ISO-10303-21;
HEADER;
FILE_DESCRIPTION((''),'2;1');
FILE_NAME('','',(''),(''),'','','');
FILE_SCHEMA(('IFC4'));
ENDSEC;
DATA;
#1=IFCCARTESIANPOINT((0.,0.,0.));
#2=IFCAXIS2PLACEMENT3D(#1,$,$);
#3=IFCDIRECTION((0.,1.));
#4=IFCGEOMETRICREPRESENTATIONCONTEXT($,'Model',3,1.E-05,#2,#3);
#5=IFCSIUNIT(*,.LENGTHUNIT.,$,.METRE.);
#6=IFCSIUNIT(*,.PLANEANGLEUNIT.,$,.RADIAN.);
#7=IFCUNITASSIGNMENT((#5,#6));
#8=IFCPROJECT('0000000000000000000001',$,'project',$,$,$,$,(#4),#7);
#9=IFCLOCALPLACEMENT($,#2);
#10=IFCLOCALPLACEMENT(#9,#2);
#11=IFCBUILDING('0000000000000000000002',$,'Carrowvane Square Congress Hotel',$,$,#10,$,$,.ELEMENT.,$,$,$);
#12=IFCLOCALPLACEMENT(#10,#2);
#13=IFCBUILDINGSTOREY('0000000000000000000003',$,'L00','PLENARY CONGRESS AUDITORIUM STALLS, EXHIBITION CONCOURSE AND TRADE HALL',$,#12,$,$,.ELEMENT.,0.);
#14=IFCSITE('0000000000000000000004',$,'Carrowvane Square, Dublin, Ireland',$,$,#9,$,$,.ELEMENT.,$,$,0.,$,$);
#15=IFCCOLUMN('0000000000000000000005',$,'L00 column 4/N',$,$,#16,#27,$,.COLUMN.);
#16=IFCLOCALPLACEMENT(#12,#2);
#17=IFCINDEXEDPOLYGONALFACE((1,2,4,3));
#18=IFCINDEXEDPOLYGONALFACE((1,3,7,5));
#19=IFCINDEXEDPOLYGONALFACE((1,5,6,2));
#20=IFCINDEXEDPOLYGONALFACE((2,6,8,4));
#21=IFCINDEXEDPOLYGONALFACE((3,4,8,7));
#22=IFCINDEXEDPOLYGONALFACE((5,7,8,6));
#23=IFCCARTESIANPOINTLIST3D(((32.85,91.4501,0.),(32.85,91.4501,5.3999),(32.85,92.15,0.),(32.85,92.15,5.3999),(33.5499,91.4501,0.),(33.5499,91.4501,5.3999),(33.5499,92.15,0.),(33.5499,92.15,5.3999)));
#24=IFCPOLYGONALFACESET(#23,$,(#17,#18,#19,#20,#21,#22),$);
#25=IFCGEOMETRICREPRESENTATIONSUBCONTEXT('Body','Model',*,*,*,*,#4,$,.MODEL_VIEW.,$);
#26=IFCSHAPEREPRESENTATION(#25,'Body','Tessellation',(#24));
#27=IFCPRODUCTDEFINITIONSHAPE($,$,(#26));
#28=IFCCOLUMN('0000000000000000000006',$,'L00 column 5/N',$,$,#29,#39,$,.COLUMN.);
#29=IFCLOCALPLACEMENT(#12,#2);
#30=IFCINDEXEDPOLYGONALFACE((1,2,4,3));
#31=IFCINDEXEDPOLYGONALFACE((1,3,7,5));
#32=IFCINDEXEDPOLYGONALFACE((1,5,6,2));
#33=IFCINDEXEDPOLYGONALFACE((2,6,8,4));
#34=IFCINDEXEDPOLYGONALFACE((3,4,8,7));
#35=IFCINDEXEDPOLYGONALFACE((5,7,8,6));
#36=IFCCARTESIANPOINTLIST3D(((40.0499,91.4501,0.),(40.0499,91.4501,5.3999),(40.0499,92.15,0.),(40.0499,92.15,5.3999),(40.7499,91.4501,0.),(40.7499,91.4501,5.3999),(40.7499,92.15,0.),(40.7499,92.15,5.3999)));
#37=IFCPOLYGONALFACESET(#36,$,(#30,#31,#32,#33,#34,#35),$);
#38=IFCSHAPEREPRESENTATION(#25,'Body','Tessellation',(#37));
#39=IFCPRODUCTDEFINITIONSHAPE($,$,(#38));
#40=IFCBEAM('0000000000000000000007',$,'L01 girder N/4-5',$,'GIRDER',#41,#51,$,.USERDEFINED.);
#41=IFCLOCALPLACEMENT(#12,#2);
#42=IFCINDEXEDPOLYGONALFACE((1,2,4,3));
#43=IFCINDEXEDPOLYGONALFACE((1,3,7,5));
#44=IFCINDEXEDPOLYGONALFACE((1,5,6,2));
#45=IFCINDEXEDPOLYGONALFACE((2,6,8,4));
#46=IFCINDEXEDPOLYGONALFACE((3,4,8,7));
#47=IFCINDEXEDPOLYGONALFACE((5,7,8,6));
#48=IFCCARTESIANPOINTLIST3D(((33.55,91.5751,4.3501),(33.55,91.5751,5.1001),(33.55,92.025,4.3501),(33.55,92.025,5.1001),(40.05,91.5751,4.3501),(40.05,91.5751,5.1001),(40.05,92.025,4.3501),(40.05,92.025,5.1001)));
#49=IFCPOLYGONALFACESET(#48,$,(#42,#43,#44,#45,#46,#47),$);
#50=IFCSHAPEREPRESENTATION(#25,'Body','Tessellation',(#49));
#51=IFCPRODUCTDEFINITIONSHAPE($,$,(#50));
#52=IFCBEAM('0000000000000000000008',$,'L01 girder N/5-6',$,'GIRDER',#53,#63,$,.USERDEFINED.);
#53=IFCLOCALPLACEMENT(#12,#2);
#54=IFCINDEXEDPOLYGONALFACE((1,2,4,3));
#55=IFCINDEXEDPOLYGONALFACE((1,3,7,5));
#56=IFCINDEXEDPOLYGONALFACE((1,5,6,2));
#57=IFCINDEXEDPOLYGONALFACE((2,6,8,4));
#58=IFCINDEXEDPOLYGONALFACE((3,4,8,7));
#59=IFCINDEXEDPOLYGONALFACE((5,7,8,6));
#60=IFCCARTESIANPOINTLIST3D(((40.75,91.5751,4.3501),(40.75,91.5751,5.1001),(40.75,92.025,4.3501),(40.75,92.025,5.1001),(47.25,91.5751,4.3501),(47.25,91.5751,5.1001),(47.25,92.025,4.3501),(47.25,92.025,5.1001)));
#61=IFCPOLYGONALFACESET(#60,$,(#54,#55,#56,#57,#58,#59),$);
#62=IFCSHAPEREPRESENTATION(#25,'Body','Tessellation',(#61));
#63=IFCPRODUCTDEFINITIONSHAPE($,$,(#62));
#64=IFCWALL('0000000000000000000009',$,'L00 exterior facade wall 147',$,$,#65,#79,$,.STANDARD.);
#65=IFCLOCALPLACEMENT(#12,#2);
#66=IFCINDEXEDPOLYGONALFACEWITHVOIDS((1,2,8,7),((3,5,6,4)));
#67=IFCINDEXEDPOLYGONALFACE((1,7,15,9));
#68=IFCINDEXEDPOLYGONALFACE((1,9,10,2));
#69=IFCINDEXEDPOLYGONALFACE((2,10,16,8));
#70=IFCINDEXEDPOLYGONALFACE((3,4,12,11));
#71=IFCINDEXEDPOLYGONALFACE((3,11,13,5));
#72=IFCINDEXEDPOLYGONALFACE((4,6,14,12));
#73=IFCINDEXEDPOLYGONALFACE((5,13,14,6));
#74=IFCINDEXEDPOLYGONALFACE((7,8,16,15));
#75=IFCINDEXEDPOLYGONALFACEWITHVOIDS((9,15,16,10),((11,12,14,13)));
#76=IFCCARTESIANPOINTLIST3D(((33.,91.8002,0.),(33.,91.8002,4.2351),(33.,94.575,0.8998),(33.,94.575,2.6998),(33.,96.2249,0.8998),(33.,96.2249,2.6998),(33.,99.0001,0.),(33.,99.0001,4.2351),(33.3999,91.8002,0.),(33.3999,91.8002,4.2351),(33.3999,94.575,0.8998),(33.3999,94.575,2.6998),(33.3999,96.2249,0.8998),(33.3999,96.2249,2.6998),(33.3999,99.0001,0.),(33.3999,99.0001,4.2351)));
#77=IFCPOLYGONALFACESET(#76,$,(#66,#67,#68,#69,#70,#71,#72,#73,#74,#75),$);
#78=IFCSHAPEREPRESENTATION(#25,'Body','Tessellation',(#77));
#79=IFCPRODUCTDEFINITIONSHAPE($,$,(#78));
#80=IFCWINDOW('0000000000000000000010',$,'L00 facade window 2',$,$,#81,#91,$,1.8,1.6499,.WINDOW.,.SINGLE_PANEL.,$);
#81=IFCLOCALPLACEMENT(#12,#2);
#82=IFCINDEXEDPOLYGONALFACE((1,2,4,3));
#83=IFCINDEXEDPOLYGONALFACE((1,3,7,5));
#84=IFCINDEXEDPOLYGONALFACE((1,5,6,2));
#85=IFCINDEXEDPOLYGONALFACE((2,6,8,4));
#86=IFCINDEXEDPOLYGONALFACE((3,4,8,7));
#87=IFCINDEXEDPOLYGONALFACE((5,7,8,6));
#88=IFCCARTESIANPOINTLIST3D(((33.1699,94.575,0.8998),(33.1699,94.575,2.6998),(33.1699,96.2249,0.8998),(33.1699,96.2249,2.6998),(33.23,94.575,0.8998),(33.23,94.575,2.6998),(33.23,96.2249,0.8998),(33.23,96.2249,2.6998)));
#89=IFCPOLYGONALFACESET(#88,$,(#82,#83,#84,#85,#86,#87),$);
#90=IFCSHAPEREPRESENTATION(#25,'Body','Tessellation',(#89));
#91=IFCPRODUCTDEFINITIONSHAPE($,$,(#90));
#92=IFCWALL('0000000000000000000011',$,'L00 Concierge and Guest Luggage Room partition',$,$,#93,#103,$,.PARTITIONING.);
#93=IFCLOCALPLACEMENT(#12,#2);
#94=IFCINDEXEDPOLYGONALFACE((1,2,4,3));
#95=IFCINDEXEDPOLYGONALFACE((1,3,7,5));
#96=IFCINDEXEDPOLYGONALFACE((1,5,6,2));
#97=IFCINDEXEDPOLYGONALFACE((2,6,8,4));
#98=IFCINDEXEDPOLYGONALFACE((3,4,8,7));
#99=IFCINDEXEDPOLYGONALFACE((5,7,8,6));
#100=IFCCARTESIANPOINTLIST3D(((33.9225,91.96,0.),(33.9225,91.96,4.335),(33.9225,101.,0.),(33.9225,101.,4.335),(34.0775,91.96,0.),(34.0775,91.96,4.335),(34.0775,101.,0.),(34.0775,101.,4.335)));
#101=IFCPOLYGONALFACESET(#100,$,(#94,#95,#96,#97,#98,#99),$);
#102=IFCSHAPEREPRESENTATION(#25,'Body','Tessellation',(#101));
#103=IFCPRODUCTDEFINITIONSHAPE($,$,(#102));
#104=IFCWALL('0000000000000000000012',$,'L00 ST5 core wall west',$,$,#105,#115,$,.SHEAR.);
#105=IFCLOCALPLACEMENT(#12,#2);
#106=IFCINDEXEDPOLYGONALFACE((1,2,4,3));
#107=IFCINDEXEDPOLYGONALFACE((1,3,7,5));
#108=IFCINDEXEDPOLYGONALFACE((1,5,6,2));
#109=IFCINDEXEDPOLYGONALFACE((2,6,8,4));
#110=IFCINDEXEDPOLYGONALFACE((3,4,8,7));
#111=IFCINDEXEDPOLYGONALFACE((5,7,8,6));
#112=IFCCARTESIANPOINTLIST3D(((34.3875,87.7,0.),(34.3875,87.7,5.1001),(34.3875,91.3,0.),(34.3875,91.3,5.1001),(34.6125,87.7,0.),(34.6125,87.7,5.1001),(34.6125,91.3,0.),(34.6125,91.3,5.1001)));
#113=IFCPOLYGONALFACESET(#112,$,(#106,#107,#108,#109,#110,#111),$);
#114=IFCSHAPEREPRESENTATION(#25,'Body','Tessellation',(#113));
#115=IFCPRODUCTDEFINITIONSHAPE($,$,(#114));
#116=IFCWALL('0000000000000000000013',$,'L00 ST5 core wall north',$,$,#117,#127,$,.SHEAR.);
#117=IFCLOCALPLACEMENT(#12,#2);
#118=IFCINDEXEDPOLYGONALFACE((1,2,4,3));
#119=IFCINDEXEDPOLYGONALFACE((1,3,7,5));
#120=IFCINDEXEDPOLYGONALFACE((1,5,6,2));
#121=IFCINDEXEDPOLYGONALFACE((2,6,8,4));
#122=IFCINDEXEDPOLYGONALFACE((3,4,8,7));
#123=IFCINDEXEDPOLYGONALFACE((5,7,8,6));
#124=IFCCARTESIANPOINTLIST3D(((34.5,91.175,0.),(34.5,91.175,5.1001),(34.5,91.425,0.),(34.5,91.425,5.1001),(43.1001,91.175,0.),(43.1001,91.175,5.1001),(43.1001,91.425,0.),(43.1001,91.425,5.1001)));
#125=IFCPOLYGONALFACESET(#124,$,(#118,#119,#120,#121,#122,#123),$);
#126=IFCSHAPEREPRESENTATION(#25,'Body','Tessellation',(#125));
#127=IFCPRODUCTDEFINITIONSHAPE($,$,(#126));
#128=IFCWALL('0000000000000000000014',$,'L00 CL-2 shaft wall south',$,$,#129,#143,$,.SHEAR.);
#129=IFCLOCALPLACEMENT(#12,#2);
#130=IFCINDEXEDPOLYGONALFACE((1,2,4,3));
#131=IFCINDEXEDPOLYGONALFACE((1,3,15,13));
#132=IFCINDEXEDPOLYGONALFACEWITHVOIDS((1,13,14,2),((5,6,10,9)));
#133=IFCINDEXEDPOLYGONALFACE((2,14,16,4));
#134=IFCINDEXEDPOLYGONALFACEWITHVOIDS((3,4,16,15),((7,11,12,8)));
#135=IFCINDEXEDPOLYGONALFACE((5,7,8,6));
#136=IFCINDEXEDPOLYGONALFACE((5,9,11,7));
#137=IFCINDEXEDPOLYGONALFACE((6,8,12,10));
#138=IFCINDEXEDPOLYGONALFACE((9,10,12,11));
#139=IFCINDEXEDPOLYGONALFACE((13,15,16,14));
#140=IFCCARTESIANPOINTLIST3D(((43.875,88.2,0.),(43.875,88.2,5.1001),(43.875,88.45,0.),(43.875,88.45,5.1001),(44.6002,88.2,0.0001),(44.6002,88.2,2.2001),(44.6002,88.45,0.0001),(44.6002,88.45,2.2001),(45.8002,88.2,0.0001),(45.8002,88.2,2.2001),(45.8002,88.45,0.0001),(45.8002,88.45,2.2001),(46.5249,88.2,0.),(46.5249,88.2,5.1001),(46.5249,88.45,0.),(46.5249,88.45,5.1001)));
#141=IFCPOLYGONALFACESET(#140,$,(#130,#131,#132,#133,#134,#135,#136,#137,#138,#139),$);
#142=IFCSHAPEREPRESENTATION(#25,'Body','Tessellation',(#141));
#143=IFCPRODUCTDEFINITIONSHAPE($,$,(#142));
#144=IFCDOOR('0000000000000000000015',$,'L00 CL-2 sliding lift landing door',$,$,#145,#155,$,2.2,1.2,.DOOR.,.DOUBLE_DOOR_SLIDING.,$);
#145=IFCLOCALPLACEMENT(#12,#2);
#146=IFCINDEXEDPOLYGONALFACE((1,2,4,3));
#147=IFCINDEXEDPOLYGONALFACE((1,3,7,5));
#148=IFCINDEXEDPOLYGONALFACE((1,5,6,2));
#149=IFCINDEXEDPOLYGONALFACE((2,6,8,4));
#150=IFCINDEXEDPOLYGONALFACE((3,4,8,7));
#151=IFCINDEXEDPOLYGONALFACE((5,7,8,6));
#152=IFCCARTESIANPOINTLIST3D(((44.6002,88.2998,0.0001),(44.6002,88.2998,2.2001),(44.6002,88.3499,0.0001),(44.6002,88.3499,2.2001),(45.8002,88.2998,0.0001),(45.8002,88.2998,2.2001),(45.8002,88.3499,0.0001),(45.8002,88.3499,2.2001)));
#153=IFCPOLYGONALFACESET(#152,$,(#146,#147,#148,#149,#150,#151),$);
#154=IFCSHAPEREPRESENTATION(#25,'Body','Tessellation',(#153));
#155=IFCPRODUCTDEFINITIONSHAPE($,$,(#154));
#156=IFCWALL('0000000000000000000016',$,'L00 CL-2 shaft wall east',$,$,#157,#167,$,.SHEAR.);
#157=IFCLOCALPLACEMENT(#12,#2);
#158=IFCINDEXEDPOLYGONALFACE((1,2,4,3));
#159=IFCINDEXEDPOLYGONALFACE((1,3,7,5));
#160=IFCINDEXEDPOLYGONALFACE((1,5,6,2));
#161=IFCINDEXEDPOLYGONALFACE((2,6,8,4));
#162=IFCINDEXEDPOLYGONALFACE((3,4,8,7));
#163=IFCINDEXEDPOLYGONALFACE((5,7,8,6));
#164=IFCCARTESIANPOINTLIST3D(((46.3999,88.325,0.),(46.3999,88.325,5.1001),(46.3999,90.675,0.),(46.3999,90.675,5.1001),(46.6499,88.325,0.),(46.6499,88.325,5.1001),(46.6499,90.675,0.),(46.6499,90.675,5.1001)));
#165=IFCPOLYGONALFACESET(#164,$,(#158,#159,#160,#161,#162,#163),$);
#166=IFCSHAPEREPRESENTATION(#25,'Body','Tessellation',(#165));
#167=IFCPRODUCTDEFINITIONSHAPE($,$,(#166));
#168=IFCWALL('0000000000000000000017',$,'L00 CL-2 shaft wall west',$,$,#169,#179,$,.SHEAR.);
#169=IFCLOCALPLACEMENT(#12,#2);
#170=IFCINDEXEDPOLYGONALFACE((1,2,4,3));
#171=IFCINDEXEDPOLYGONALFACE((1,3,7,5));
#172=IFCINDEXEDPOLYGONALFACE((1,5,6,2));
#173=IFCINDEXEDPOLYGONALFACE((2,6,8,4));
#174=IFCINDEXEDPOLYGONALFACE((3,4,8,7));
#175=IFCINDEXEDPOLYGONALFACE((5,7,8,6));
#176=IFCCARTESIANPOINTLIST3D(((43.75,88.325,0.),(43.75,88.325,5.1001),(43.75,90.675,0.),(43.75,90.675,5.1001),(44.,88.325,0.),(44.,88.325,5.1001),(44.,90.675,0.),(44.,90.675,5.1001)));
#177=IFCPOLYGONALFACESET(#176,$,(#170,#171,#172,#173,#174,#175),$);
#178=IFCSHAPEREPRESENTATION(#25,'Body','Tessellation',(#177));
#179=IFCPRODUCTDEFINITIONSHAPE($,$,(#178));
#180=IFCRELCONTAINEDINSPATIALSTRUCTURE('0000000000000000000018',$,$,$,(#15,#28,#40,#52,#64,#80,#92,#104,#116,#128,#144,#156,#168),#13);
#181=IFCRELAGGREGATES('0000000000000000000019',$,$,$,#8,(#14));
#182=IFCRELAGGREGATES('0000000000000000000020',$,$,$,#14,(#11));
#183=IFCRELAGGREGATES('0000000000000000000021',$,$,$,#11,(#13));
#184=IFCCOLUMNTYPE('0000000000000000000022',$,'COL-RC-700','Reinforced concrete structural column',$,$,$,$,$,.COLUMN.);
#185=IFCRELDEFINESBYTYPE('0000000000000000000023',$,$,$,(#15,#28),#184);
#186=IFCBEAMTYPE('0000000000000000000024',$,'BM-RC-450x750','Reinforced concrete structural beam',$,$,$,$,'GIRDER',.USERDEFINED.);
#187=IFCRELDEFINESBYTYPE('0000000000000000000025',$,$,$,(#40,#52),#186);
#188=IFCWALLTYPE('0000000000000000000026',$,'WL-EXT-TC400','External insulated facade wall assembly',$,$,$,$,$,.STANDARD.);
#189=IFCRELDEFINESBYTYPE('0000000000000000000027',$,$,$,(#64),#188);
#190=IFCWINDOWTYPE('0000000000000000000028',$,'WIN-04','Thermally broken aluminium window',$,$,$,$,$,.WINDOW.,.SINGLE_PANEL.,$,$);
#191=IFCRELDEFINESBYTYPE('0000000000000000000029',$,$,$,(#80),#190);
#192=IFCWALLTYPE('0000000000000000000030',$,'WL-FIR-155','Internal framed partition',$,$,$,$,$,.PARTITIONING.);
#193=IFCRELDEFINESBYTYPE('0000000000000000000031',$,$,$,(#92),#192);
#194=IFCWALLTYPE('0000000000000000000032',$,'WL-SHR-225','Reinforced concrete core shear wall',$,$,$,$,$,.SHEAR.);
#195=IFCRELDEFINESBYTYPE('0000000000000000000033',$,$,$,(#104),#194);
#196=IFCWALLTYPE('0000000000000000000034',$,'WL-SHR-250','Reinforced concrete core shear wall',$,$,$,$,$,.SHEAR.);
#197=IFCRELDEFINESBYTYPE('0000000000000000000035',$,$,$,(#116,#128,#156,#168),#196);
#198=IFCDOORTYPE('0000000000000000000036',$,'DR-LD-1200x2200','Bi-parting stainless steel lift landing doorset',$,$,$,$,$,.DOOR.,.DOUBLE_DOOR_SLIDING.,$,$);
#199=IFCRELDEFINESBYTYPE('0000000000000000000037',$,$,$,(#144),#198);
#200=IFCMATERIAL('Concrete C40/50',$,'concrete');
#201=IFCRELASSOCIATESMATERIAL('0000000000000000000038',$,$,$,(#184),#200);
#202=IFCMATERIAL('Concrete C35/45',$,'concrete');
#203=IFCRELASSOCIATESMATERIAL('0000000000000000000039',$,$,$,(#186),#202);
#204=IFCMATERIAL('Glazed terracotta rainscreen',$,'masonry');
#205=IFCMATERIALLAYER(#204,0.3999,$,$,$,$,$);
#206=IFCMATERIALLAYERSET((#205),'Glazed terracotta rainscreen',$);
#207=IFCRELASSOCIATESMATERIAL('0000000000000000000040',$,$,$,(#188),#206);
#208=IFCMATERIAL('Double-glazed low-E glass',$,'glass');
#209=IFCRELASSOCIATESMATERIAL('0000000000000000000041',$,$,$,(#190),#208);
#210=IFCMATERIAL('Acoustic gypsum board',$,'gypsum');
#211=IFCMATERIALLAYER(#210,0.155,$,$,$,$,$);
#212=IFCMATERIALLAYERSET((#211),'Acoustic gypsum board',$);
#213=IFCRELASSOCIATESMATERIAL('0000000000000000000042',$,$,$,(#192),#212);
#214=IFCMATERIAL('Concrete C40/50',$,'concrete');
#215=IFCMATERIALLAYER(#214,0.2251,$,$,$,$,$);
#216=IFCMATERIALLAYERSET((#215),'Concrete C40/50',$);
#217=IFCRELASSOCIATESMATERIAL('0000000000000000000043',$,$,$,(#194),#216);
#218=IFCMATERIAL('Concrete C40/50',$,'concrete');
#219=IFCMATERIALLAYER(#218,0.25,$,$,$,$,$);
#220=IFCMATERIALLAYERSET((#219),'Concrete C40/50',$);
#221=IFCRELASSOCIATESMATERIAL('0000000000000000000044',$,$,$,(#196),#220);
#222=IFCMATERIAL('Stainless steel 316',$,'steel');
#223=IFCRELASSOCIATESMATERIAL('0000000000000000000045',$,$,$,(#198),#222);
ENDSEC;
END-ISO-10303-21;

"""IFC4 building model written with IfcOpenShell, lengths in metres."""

from ifc_helpers import new_model, si_unit, direction, frame, frame_2d, origin, origin_2d, place, context, subcontext, project, spatial, rectangle, extrude, material, layer, layer_set, material_profile, profile_set, type_object, element, fill, save


model = new_model("IFC4")

# Units and contexts
model_context = context("Model", 3, precision=1e-05, world=origin(), true_north=direction((0.0, 1.0)))
body_context = subcontext(model_context, "Body", "Model", "MODEL_VIEW")
ifc_project = project(units=[si_unit("LENGTHUNIT", "METRE"), si_unit("PLANEANGLEUNIT", "RADIAN")], contexts=[model_context])

# Site, building, storey
site_placement = place(None, origin())
site = spatial("IfcSite", under=ifc_project, at=site_placement, Name="Carrowvane Square, Dublin, Ireland", CompositionType="ELEMENT", RefElevation=0.0)
building_placement = place(site_placement, origin())
building = spatial("IfcBuilding", under=site, at=building_placement, Name="Carrowvane Square Congress Hotel", CompositionType="ELEMENT")
storey_placement = place(building_placement, origin())
storey = spatial("IfcBuildingStorey", under=building, at=storey_placement, Name="L00", Description="PLENARY CONGRESS AUDITORIUM STALLS, EXHIBITION CONCOURSE AND TRADE HALL", CompositionType="ELEMENT", Elevation=0.0)

# Columns
ifc_material_1 = material(Name="Concrete C40/50", Category="concrete")
ifc_material_profile_1 = material_profile(ifc_material_1, rectangle(XDim=0.7, YDim=0.7, at=origin_2d()), Name="RC 700x700")
ifc_profile_set_1 = profile_set([ifc_material_profile_1], Name="Concrete C40/50")
column_type = type_object("IfcColumnType", Name="COL-RC-700", Description="Reinforced concrete structural column", PredefinedType="COLUMN", material=ifc_profile_set_1)
for number, where, z_axis, x_axis, name in (
    (1, (33.2, 91.8, 0.0), (0.0, 0.0, 1.0), (1.0, 0.0, 0.0), "L00 column 4/N"),
    (2, (40.3999, 91.8, 0.0), (0.0, 0.0, 1.0), (1.0, 0.0, 0.0), "L00 column 5/N"),
):
    element("IfcColumn", number, at=place(storey_placement, frame(where, z_axis=z_axis, x_axis=x_axis)), inside=storey, type_object=column_type, Name=name, PredefinedType="COLUMN", context=body_context, shape_type="SweptSolid", body=[
        extrude(rectangle(XDim=0.7, YDim=0.7, at=origin_2d()), origin(), (0.0, 0.0, 1.0), 5.3999),
    ])

# Beams
ifc_material_2 = material(Name="Concrete C35/45", Category="concrete")
ifc_material_profile_2 = material_profile(ifc_material_2, rectangle(XDim=0.45, YDim=0.75, at=origin_2d()), Name="RC 450x750")
ifc_profile_set_2 = profile_set([ifc_material_profile_2], Name="Concrete C35/45")
beam_type = type_object("IfcBeamType", Name="BM-RC-450x750", Description="Reinforced concrete structural beam", ElementType="GIRDER", PredefinedType="USERDEFINED", material=ifc_profile_set_2)
for number, where, z_axis, x_axis, name in (
    (3, (33.55, 91.8, 4.7251), (1.0, 0.0, 0.0), (0.0, 1.0, 0.0), "L01 girder N/4-5"),
    (4, (40.75, 91.8, 4.7251), (1.0, 0.0, 0.0), (0.0, 1.0, 0.0), "L01 girder N/5-6"),
):
    element("IfcBeam", number, at=place(storey_placement, frame(where, z_axis=z_axis, x_axis=x_axis)), inside=storey, type_object=beam_type, Name=name, ObjectType="GIRDER", PredefinedType="USERDEFINED", context=body_context, shape_type="SweptSolid", body=[
        extrude(rectangle(XDim=0.45, YDim=0.75, at=origin_2d()), origin(), (0.0, 0.0, 1.0), 6.5),
    ])

# Wall, opening, window
ifc_material_3 = material(Name="Glazed terracotta rainscreen", Category="masonry")
ifc_layer_1 = layer(ifc_material_3, 0.3999)
ifc_layer_set_1 = layer_set([ifc_layer_1], Name="Glazed terracotta rainscreen")
wall_type_1 = type_object("IfcWallType", Name="WL-EXT-TC400", Description="External insulated facade wall assembly", PredefinedType="STANDARD", material=ifc_layer_set_1)
wall_1_placement = place(storey_placement, frame((33.2, 91.8, 0.0), z_axis=(0.0, 0.0, 1.0), x_axis=(0.0, 1.0, 0.0)))
wall_1 = element("IfcWall", 5, at=wall_1_placement, inside=storey, type_object=wall_type_1, Name="L00 exterior facade wall 147", PredefinedType="STANDARD", context=body_context, shape_type="SweptSolid", body=[
    extrude(rectangle(XDim=7.2, YDim=0.3999, at=frame_2d((3.6001, 0.0))), origin(), (0.0, 0.0, 1.0), 4.2351),
])
opening_1_placement = place(wall_1_placement, frame((2.7749, 0.0, 0.8999)))
opening_1 = element("IfcOpeningElement", 6, at=opening_1_placement, cuts=wall_1, PredefinedType="OPENING", context=body_context, shape_type="SweptSolid", body=[
    extrude(rectangle(XDim=1.6499, YDim=1.8, at=frame_2d((0.825, 0.8999))), frame((0.0, 0.21, 0.0), z_axis=(0.0, -1.0, 0.0), x_axis=(1.0, 0.0, 0.0)), (0.0, 0.0, 1.0), 0.4199),
])
ifc_material_4 = material(Name="Double-glazed low-E glass", Category="glass")
window_type = type_object("IfcWindowType", Name="WIN-04", Description="Thermally broken aluminium window", PartitioningType="SINGLE_PANEL", PredefinedType="WINDOW", material=ifc_material_4)
window_placement = place(opening_1_placement, origin())
window = element("IfcWindow", 7, at=window_placement, inside=storey, type_object=window_type, Name="L00 facade window 2", OverallHeight=1.8, OverallWidth=1.6499, PartitioningType="SINGLE_PANEL", PredefinedType="WINDOW", context=body_context, shape_type="SweptSolid", body=[
    extrude(rectangle(XDim=1.6499, YDim=1.8, at=frame_2d((0.825, 0.8999))), frame((0.0, 0.03, 0.0), z_axis=(0.0, -1.0, 0.0), x_axis=(1.0, 0.0, 0.0)), (0.0, 0.0, 1.0), 0.0601),
])
fill(opening_1, window)

# Walls
ifc_material_5 = material(Name="Acoustic gypsum board", Category="gypsum")
ifc_layer_2 = layer(ifc_material_5, 0.155)
ifc_layer_set_2 = layer_set([ifc_layer_2], Name="Acoustic gypsum board")
wall_type_2 = type_object("IfcWallType", Name="WL-FIR-155", Description="Internal framed partition", PredefinedType="PARTITIONING", material=ifc_layer_set_2)
wall_2_placement = place(storey_placement, frame((34.0, 91.96, 0.0), z_axis=(0.0, 0.0, 1.0), x_axis=(0.0, 1.0, 0.0)))
element("IfcWall", 8, at=wall_2_placement, inside=storey, type_object=wall_type_2, Name="L00 Concierge and Guest Luggage Room partition", PredefinedType="PARTITIONING", context=body_context, shape_type="SweptSolid", body=[
    extrude(rectangle(XDim=9.04, YDim=0.155, at=frame_2d((4.52, 0.0))), origin(), (0.0, 0.0, 1.0), 4.335),
])
ifc_material_6 = material(Name="Concrete C40/50", Category="concrete")
ifc_layer_3 = layer(ifc_material_6, 0.2251)
ifc_layer_set_3 = layer_set([ifc_layer_3], Name="Concrete C40/50")
wall_type_3 = type_object("IfcWallType", Name="WL-SHR-225", Description="Reinforced concrete core shear wall", PredefinedType="SHEAR", material=ifc_layer_set_3)
wall_3_placement = place(storey_placement, frame((34.5, 91.3, 0.0), z_axis=(0.0, 0.0, 1.0), x_axis=(0.0, -1.0, 0.0)))
element("IfcWall", 9, at=wall_3_placement, inside=storey, type_object=wall_type_3, Name="L00 ST5 core wall west", PredefinedType="SHEAR", context=body_context, shape_type="SweptSolid", body=[
    extrude(rectangle(XDim=3.6001, YDim=0.2251, at=frame_2d((1.8, 0.0))), origin(), (0.0, 0.0, 1.0), 5.1001),
])
ifc_material_7 = material(Name="Concrete C40/50", Category="concrete")
ifc_layer_4 = layer(ifc_material_7, 0.25)
ifc_layer_set_4 = layer_set([ifc_layer_4], Name="Concrete C40/50")
wall_type_4 = type_object("IfcWallType", Name="WL-SHR-250", Description="Reinforced concrete core shear wall", PredefinedType="SHEAR", material=ifc_layer_set_4)
wall_4_placement = place(storey_placement, frame((43.1001, 91.3, 0.0), z_axis=(0.0, 0.0, 1.0), x_axis=(-1.0, 0.0, 0.0)))
element("IfcWall", 10, at=wall_4_placement, inside=storey, type_object=wall_type_4, Name="L00 ST5 core wall north", PredefinedType="SHEAR", context=body_context, shape_type="SweptSolid", body=[
    extrude(rectangle(XDim=8.6001, YDim=0.25, at=frame_2d((4.3, 0.0))), origin(), (0.0, 0.0, 1.0), 5.1001),
])

# Wall, opening, door
wall_5_placement = place(storey_placement, frame((43.875, 88.325, 0.0), z_axis=(0.0, 0.0, 1.0), x_axis=(1.0, 0.0, 0.0)))
wall_5 = element("IfcWall", 11, at=wall_5_placement, inside=storey, type_object=wall_type_4, Name="L00 CL-2 shaft wall south", PredefinedType="SHEAR", context=body_context, shape_type="SweptSolid", body=[
    extrude(rectangle(XDim=2.6499, YDim=0.25, at=frame_2d((1.325, 0.0))), origin(), (0.0, 0.0, 1.0), 5.1001),
])
opening_2_placement = place(wall_5_placement, frame((0.7251, 0.0, 0.0)))
opening_2 = element("IfcOpeningElement", 12, at=opening_2_placement, cuts=wall_5, PredefinedType="OPENING", context=body_context, shape_type="SweptSolid", body=[
    extrude(rectangle(XDim=1.2, YDim=2.2, at=frame_2d((0.6001, 1.1001))), frame((0.0, 0.135, 0.0), z_axis=(0.0, -1.0, 0.0), x_axis=(1.0, 0.0, 0.0)), (0.0, 0.0, 1.0), 0.27),
])
ifc_material_8 = material(Name="Stainless steel 316", Category="steel")
door_type = type_object("IfcDoorType", Name="DR-LD-1200x2200", Description="Bi-parting stainless steel lift landing doorset", OperationType="DOUBLE_DOOR_SLIDING", PredefinedType="DOOR", material=ifc_material_8)
door_placement = place(opening_2_placement, origin())
door = element("IfcDoor", 13, at=door_placement, inside=storey, type_object=door_type, Name="L00 CL-2 sliding lift landing door", OperationType="DOUBLE_DOOR_SLIDING", OverallHeight=2.2, OverallWidth=1.2, PredefinedType="DOOR", context=body_context, shape_type="SweptSolid", body=[
    extrude(rectangle(XDim=1.2, YDim=2.2, at=frame_2d((0.6001, 1.1001))), frame((0.0, 0.0249, 0.0), z_axis=(0.0, -1.0, 0.0), x_axis=(1.0, 0.0, 0.0)), (0.0, 0.0, 1.0), 0.05),
])
fill(opening_2, door)

# Walls
for number, where, z_axis, x_axis, name in (
    (14, (46.5249, 88.325, 0.0), (0.0, 0.0, 1.0), (0.0, 1.0, 0.0), "L00 CL-2 shaft wall east"),
    (15, (43.875, 90.675, 0.0), (0.0, 0.0, 1.0), (0.0, -1.0, 0.0), "L00 CL-2 shaft wall west"),
):
    element("IfcWall", number, at=place(storey_placement, frame(where, z_axis=z_axis, x_axis=x_axis)), inside=storey, type_object=wall_type_4, Name=name, PredefinedType="SHEAR", context=body_context, shape_type="SweptSolid", body=[
        extrude(rectangle(XDim=2.3501, YDim=0.25, at=frame_2d((1.175, 0.0))), origin(), (0.0, 0.0, 1.0), 5.1001),
    ])

save(model, "model.ifc")
